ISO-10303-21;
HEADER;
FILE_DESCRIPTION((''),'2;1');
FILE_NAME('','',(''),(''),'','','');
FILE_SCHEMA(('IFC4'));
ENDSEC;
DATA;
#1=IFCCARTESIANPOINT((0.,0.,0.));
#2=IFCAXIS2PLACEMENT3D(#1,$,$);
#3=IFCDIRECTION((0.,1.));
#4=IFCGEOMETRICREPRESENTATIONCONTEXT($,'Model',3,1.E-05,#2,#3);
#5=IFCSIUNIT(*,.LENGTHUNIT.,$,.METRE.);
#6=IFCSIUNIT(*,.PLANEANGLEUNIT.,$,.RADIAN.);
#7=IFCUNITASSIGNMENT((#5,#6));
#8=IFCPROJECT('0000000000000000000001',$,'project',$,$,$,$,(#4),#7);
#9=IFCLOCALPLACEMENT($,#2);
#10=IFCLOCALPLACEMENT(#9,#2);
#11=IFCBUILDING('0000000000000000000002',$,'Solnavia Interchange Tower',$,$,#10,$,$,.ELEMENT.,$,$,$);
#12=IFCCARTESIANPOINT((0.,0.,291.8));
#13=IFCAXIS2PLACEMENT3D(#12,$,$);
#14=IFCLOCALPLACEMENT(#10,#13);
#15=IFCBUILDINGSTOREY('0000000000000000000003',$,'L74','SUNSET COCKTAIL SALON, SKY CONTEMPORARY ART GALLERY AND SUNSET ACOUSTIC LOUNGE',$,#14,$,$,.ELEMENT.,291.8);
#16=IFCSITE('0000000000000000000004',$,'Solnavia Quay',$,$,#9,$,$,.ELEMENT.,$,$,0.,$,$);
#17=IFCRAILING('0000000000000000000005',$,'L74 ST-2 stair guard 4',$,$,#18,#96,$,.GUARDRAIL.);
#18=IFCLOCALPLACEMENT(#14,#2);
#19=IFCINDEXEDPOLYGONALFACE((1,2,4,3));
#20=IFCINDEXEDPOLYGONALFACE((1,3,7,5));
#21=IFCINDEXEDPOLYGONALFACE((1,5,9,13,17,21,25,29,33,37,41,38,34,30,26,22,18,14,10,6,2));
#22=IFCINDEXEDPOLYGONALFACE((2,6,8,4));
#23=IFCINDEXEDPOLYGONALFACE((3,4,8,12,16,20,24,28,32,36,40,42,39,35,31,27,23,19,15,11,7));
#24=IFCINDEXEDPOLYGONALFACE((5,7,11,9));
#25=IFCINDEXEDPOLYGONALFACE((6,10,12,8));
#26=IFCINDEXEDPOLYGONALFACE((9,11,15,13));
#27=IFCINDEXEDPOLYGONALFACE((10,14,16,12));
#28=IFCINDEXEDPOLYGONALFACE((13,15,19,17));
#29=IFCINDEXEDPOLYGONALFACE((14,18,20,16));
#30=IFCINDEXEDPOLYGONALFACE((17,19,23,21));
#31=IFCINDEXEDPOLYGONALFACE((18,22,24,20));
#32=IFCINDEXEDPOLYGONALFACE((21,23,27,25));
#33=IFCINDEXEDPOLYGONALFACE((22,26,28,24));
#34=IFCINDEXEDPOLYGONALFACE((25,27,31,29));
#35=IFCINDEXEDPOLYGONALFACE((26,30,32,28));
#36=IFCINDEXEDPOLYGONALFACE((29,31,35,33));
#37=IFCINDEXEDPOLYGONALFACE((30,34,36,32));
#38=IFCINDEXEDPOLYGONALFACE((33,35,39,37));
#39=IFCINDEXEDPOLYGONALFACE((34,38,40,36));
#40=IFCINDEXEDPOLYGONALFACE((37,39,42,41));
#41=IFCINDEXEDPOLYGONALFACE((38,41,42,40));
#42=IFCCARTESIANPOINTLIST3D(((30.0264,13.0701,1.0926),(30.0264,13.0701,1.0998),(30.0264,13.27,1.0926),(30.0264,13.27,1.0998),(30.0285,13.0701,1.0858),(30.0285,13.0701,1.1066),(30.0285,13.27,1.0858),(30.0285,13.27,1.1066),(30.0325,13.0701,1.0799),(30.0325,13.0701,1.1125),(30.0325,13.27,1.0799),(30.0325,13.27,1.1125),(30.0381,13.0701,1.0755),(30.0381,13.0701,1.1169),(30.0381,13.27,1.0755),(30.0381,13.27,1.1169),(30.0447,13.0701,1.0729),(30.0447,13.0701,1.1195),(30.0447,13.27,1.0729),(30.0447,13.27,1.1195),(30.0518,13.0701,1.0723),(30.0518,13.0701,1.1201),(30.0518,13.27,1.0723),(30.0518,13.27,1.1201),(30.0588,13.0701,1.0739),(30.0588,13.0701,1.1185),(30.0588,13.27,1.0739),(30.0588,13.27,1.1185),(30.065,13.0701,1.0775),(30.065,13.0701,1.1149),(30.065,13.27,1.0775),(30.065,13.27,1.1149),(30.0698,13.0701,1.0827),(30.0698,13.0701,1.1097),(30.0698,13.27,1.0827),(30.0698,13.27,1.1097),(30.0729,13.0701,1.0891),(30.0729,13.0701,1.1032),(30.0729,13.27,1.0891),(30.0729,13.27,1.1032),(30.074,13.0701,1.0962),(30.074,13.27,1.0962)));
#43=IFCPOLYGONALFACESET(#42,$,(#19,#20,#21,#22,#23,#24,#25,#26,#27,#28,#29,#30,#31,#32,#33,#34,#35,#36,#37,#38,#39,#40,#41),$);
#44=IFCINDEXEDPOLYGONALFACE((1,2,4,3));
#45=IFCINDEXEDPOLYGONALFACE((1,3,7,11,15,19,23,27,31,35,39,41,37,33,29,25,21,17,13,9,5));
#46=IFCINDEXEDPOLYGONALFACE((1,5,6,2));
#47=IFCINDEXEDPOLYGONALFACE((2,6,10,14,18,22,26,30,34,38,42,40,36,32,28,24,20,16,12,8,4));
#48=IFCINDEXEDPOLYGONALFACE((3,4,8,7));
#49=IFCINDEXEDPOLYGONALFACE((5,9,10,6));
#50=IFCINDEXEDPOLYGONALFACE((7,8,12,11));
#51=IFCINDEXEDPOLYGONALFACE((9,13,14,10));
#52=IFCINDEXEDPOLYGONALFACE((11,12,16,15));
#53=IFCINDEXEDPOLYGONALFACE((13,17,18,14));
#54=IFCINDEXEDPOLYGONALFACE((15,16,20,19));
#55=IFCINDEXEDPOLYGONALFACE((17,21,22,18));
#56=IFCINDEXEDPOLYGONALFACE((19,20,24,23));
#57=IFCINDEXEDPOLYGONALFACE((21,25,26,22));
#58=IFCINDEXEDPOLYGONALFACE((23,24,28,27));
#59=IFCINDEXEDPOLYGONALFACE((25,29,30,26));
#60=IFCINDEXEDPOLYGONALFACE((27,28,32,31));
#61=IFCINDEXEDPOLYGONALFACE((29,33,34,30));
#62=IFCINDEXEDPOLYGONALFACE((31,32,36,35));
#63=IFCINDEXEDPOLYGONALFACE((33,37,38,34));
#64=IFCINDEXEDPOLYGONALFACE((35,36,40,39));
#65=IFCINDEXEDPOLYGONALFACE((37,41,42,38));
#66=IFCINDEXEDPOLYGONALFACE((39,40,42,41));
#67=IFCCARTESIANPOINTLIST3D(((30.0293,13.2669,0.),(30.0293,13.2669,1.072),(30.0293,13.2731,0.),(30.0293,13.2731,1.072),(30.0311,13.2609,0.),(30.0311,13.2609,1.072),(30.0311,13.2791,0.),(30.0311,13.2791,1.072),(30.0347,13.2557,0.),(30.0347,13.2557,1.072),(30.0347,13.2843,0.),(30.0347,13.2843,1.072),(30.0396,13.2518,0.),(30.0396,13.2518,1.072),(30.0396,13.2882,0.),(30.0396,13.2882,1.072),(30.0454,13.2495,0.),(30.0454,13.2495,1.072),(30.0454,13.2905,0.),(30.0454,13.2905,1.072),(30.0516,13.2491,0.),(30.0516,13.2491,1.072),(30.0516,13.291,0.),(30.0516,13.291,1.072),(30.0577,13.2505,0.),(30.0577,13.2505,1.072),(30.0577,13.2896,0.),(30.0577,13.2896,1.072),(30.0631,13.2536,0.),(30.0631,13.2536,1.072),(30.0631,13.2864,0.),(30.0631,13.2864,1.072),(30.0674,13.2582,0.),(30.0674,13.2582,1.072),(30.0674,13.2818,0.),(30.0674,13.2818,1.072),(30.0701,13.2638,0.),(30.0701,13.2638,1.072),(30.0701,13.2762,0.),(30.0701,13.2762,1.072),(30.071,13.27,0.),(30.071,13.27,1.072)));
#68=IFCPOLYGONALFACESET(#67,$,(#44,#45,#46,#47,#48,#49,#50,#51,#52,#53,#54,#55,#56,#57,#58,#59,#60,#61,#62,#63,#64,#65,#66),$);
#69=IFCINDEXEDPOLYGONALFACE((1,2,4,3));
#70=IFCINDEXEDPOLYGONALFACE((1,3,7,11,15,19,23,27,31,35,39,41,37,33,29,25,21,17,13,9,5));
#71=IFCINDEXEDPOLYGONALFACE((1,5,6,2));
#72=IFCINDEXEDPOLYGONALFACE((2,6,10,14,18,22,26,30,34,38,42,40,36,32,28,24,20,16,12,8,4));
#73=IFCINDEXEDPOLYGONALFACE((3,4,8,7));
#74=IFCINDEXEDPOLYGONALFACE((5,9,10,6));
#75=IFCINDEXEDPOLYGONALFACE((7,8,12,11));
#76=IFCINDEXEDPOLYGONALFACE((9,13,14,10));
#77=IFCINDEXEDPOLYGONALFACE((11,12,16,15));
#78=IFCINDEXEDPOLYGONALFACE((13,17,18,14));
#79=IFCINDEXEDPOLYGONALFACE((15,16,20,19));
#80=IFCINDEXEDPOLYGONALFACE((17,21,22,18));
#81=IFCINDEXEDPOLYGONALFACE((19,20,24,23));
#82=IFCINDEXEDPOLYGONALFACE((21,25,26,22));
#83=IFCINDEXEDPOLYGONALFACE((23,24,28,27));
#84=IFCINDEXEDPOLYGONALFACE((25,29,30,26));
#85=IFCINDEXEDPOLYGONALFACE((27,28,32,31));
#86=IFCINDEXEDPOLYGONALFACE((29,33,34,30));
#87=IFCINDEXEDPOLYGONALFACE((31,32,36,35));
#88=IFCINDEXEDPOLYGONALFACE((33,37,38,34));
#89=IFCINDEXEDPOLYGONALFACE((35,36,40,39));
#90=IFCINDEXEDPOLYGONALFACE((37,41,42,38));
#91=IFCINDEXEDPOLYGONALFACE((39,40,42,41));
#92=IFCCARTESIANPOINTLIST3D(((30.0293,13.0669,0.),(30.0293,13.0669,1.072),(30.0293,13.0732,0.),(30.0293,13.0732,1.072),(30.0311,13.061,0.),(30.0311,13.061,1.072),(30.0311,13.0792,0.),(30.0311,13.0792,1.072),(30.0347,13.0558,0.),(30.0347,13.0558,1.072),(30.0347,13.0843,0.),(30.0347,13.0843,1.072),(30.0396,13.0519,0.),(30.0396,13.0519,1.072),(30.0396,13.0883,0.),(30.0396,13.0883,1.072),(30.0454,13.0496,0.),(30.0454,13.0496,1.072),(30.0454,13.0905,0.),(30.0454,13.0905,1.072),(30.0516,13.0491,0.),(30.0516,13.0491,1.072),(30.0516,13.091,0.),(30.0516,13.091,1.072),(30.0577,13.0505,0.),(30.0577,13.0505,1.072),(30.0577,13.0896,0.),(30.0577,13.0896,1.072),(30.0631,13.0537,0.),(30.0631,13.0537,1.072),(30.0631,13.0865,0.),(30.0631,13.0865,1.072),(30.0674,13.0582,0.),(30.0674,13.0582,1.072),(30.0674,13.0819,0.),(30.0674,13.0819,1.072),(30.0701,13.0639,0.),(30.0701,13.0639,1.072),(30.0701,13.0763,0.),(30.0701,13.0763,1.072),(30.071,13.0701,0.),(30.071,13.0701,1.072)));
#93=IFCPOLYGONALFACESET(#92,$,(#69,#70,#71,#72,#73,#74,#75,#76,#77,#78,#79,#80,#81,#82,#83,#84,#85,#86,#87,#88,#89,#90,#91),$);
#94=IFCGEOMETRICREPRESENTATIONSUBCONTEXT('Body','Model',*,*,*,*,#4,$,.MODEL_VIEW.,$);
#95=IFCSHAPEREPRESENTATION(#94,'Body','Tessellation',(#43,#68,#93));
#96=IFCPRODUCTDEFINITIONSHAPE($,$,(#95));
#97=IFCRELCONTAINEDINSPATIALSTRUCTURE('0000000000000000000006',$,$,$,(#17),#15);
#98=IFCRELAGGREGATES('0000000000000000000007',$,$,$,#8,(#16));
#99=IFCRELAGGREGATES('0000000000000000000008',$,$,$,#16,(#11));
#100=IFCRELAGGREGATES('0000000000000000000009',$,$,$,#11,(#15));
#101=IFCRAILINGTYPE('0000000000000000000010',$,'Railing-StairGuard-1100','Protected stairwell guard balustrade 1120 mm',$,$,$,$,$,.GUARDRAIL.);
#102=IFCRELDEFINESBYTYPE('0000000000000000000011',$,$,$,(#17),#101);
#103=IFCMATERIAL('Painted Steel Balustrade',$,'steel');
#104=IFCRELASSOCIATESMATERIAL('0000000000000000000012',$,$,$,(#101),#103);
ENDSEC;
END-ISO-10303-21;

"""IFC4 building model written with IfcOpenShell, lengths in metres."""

from ifc_helpers import new_model, si_unit, direction, frame, origin, origin_2d, place, context, subcontext, project, spatial, circle, extrude, material, type_object, element, save


model = new_model("IFC4")

# Units and contexts
model_context = context("Model", 3, precision=1e-05, world=origin(), true_north=direction((0.0, 1.0)))
body_context = subcontext(model_context, "Body", "Model", "MODEL_VIEW")
ifc_project = project(units=[si_unit("LENGTHUNIT", "METRE"), si_unit("PLANEANGLEUNIT", "RADIAN")], contexts=[model_context])

# Site, building, storey
site_placement = place(None, origin())
site = spatial("IfcSite", under=ifc_project, at=site_placement, Name="Solnavia Quay", CompositionType="ELEMENT", RefElevation=0.0)
building_placement = place(site_placement, origin())
building = spatial("IfcBuilding", under=site, at=building_placement, Name="Solnavia Interchange Tower", CompositionType="ELEMENT")
storey_placement = place(building_placement, frame((0.0, 0.0, 291.8)))
storey = spatial("IfcBuildingStorey", under=building, at=storey_placement, Name="L74", Description="SUNSET COCKTAIL SALON, SKY CONTEMPORARY ART GALLERY AND SUNSET ACOUSTIC LOUNGE", CompositionType="ELEMENT", Elevation=291.8)

# Railing
ifc_material_1 = material(Name="Painted Steel Balustrade", Category="steel")
railing_type_1 = type_object("IfcRailingType", Name="Railing-StairGuard-1100", Description="Protected stairwell guard balustrade 1120 mm", PredefinedType="GUARDRAIL", material=ifc_material_1)
railing_1_placement = place(storey_placement, frame((30.05, 13.27, 0.0)))
element("IfcRailing", 1, at=railing_1_placement, inside=storey, type_object=railing_type_1, Name="L74 ST-2 stair guard 4", PredefinedType="GUARDRAIL", context=body_context, shape_type="SweptSolid", body=[
    extrude(circle(Radius=0.0239, at=origin_2d()), frame((0.0, 0.0, 1.0962), z_axis=(0.0, -1.0, 0.0), x_axis=(1.0, 0.0, 0.0)), (0.0, 0.0, 1.0), 0.2),
    extrude(circle(Radius=0.021, at=origin_2d()), origin(), (0.0, 0.0, 1.0), 1.072),
    extrude(circle(Radius=0.021, at=origin_2d()), frame((0.0, -0.2, 0.0)), (0.0, 0.0, 1.0), 1.072),
])

save(model, "model.ifc")
